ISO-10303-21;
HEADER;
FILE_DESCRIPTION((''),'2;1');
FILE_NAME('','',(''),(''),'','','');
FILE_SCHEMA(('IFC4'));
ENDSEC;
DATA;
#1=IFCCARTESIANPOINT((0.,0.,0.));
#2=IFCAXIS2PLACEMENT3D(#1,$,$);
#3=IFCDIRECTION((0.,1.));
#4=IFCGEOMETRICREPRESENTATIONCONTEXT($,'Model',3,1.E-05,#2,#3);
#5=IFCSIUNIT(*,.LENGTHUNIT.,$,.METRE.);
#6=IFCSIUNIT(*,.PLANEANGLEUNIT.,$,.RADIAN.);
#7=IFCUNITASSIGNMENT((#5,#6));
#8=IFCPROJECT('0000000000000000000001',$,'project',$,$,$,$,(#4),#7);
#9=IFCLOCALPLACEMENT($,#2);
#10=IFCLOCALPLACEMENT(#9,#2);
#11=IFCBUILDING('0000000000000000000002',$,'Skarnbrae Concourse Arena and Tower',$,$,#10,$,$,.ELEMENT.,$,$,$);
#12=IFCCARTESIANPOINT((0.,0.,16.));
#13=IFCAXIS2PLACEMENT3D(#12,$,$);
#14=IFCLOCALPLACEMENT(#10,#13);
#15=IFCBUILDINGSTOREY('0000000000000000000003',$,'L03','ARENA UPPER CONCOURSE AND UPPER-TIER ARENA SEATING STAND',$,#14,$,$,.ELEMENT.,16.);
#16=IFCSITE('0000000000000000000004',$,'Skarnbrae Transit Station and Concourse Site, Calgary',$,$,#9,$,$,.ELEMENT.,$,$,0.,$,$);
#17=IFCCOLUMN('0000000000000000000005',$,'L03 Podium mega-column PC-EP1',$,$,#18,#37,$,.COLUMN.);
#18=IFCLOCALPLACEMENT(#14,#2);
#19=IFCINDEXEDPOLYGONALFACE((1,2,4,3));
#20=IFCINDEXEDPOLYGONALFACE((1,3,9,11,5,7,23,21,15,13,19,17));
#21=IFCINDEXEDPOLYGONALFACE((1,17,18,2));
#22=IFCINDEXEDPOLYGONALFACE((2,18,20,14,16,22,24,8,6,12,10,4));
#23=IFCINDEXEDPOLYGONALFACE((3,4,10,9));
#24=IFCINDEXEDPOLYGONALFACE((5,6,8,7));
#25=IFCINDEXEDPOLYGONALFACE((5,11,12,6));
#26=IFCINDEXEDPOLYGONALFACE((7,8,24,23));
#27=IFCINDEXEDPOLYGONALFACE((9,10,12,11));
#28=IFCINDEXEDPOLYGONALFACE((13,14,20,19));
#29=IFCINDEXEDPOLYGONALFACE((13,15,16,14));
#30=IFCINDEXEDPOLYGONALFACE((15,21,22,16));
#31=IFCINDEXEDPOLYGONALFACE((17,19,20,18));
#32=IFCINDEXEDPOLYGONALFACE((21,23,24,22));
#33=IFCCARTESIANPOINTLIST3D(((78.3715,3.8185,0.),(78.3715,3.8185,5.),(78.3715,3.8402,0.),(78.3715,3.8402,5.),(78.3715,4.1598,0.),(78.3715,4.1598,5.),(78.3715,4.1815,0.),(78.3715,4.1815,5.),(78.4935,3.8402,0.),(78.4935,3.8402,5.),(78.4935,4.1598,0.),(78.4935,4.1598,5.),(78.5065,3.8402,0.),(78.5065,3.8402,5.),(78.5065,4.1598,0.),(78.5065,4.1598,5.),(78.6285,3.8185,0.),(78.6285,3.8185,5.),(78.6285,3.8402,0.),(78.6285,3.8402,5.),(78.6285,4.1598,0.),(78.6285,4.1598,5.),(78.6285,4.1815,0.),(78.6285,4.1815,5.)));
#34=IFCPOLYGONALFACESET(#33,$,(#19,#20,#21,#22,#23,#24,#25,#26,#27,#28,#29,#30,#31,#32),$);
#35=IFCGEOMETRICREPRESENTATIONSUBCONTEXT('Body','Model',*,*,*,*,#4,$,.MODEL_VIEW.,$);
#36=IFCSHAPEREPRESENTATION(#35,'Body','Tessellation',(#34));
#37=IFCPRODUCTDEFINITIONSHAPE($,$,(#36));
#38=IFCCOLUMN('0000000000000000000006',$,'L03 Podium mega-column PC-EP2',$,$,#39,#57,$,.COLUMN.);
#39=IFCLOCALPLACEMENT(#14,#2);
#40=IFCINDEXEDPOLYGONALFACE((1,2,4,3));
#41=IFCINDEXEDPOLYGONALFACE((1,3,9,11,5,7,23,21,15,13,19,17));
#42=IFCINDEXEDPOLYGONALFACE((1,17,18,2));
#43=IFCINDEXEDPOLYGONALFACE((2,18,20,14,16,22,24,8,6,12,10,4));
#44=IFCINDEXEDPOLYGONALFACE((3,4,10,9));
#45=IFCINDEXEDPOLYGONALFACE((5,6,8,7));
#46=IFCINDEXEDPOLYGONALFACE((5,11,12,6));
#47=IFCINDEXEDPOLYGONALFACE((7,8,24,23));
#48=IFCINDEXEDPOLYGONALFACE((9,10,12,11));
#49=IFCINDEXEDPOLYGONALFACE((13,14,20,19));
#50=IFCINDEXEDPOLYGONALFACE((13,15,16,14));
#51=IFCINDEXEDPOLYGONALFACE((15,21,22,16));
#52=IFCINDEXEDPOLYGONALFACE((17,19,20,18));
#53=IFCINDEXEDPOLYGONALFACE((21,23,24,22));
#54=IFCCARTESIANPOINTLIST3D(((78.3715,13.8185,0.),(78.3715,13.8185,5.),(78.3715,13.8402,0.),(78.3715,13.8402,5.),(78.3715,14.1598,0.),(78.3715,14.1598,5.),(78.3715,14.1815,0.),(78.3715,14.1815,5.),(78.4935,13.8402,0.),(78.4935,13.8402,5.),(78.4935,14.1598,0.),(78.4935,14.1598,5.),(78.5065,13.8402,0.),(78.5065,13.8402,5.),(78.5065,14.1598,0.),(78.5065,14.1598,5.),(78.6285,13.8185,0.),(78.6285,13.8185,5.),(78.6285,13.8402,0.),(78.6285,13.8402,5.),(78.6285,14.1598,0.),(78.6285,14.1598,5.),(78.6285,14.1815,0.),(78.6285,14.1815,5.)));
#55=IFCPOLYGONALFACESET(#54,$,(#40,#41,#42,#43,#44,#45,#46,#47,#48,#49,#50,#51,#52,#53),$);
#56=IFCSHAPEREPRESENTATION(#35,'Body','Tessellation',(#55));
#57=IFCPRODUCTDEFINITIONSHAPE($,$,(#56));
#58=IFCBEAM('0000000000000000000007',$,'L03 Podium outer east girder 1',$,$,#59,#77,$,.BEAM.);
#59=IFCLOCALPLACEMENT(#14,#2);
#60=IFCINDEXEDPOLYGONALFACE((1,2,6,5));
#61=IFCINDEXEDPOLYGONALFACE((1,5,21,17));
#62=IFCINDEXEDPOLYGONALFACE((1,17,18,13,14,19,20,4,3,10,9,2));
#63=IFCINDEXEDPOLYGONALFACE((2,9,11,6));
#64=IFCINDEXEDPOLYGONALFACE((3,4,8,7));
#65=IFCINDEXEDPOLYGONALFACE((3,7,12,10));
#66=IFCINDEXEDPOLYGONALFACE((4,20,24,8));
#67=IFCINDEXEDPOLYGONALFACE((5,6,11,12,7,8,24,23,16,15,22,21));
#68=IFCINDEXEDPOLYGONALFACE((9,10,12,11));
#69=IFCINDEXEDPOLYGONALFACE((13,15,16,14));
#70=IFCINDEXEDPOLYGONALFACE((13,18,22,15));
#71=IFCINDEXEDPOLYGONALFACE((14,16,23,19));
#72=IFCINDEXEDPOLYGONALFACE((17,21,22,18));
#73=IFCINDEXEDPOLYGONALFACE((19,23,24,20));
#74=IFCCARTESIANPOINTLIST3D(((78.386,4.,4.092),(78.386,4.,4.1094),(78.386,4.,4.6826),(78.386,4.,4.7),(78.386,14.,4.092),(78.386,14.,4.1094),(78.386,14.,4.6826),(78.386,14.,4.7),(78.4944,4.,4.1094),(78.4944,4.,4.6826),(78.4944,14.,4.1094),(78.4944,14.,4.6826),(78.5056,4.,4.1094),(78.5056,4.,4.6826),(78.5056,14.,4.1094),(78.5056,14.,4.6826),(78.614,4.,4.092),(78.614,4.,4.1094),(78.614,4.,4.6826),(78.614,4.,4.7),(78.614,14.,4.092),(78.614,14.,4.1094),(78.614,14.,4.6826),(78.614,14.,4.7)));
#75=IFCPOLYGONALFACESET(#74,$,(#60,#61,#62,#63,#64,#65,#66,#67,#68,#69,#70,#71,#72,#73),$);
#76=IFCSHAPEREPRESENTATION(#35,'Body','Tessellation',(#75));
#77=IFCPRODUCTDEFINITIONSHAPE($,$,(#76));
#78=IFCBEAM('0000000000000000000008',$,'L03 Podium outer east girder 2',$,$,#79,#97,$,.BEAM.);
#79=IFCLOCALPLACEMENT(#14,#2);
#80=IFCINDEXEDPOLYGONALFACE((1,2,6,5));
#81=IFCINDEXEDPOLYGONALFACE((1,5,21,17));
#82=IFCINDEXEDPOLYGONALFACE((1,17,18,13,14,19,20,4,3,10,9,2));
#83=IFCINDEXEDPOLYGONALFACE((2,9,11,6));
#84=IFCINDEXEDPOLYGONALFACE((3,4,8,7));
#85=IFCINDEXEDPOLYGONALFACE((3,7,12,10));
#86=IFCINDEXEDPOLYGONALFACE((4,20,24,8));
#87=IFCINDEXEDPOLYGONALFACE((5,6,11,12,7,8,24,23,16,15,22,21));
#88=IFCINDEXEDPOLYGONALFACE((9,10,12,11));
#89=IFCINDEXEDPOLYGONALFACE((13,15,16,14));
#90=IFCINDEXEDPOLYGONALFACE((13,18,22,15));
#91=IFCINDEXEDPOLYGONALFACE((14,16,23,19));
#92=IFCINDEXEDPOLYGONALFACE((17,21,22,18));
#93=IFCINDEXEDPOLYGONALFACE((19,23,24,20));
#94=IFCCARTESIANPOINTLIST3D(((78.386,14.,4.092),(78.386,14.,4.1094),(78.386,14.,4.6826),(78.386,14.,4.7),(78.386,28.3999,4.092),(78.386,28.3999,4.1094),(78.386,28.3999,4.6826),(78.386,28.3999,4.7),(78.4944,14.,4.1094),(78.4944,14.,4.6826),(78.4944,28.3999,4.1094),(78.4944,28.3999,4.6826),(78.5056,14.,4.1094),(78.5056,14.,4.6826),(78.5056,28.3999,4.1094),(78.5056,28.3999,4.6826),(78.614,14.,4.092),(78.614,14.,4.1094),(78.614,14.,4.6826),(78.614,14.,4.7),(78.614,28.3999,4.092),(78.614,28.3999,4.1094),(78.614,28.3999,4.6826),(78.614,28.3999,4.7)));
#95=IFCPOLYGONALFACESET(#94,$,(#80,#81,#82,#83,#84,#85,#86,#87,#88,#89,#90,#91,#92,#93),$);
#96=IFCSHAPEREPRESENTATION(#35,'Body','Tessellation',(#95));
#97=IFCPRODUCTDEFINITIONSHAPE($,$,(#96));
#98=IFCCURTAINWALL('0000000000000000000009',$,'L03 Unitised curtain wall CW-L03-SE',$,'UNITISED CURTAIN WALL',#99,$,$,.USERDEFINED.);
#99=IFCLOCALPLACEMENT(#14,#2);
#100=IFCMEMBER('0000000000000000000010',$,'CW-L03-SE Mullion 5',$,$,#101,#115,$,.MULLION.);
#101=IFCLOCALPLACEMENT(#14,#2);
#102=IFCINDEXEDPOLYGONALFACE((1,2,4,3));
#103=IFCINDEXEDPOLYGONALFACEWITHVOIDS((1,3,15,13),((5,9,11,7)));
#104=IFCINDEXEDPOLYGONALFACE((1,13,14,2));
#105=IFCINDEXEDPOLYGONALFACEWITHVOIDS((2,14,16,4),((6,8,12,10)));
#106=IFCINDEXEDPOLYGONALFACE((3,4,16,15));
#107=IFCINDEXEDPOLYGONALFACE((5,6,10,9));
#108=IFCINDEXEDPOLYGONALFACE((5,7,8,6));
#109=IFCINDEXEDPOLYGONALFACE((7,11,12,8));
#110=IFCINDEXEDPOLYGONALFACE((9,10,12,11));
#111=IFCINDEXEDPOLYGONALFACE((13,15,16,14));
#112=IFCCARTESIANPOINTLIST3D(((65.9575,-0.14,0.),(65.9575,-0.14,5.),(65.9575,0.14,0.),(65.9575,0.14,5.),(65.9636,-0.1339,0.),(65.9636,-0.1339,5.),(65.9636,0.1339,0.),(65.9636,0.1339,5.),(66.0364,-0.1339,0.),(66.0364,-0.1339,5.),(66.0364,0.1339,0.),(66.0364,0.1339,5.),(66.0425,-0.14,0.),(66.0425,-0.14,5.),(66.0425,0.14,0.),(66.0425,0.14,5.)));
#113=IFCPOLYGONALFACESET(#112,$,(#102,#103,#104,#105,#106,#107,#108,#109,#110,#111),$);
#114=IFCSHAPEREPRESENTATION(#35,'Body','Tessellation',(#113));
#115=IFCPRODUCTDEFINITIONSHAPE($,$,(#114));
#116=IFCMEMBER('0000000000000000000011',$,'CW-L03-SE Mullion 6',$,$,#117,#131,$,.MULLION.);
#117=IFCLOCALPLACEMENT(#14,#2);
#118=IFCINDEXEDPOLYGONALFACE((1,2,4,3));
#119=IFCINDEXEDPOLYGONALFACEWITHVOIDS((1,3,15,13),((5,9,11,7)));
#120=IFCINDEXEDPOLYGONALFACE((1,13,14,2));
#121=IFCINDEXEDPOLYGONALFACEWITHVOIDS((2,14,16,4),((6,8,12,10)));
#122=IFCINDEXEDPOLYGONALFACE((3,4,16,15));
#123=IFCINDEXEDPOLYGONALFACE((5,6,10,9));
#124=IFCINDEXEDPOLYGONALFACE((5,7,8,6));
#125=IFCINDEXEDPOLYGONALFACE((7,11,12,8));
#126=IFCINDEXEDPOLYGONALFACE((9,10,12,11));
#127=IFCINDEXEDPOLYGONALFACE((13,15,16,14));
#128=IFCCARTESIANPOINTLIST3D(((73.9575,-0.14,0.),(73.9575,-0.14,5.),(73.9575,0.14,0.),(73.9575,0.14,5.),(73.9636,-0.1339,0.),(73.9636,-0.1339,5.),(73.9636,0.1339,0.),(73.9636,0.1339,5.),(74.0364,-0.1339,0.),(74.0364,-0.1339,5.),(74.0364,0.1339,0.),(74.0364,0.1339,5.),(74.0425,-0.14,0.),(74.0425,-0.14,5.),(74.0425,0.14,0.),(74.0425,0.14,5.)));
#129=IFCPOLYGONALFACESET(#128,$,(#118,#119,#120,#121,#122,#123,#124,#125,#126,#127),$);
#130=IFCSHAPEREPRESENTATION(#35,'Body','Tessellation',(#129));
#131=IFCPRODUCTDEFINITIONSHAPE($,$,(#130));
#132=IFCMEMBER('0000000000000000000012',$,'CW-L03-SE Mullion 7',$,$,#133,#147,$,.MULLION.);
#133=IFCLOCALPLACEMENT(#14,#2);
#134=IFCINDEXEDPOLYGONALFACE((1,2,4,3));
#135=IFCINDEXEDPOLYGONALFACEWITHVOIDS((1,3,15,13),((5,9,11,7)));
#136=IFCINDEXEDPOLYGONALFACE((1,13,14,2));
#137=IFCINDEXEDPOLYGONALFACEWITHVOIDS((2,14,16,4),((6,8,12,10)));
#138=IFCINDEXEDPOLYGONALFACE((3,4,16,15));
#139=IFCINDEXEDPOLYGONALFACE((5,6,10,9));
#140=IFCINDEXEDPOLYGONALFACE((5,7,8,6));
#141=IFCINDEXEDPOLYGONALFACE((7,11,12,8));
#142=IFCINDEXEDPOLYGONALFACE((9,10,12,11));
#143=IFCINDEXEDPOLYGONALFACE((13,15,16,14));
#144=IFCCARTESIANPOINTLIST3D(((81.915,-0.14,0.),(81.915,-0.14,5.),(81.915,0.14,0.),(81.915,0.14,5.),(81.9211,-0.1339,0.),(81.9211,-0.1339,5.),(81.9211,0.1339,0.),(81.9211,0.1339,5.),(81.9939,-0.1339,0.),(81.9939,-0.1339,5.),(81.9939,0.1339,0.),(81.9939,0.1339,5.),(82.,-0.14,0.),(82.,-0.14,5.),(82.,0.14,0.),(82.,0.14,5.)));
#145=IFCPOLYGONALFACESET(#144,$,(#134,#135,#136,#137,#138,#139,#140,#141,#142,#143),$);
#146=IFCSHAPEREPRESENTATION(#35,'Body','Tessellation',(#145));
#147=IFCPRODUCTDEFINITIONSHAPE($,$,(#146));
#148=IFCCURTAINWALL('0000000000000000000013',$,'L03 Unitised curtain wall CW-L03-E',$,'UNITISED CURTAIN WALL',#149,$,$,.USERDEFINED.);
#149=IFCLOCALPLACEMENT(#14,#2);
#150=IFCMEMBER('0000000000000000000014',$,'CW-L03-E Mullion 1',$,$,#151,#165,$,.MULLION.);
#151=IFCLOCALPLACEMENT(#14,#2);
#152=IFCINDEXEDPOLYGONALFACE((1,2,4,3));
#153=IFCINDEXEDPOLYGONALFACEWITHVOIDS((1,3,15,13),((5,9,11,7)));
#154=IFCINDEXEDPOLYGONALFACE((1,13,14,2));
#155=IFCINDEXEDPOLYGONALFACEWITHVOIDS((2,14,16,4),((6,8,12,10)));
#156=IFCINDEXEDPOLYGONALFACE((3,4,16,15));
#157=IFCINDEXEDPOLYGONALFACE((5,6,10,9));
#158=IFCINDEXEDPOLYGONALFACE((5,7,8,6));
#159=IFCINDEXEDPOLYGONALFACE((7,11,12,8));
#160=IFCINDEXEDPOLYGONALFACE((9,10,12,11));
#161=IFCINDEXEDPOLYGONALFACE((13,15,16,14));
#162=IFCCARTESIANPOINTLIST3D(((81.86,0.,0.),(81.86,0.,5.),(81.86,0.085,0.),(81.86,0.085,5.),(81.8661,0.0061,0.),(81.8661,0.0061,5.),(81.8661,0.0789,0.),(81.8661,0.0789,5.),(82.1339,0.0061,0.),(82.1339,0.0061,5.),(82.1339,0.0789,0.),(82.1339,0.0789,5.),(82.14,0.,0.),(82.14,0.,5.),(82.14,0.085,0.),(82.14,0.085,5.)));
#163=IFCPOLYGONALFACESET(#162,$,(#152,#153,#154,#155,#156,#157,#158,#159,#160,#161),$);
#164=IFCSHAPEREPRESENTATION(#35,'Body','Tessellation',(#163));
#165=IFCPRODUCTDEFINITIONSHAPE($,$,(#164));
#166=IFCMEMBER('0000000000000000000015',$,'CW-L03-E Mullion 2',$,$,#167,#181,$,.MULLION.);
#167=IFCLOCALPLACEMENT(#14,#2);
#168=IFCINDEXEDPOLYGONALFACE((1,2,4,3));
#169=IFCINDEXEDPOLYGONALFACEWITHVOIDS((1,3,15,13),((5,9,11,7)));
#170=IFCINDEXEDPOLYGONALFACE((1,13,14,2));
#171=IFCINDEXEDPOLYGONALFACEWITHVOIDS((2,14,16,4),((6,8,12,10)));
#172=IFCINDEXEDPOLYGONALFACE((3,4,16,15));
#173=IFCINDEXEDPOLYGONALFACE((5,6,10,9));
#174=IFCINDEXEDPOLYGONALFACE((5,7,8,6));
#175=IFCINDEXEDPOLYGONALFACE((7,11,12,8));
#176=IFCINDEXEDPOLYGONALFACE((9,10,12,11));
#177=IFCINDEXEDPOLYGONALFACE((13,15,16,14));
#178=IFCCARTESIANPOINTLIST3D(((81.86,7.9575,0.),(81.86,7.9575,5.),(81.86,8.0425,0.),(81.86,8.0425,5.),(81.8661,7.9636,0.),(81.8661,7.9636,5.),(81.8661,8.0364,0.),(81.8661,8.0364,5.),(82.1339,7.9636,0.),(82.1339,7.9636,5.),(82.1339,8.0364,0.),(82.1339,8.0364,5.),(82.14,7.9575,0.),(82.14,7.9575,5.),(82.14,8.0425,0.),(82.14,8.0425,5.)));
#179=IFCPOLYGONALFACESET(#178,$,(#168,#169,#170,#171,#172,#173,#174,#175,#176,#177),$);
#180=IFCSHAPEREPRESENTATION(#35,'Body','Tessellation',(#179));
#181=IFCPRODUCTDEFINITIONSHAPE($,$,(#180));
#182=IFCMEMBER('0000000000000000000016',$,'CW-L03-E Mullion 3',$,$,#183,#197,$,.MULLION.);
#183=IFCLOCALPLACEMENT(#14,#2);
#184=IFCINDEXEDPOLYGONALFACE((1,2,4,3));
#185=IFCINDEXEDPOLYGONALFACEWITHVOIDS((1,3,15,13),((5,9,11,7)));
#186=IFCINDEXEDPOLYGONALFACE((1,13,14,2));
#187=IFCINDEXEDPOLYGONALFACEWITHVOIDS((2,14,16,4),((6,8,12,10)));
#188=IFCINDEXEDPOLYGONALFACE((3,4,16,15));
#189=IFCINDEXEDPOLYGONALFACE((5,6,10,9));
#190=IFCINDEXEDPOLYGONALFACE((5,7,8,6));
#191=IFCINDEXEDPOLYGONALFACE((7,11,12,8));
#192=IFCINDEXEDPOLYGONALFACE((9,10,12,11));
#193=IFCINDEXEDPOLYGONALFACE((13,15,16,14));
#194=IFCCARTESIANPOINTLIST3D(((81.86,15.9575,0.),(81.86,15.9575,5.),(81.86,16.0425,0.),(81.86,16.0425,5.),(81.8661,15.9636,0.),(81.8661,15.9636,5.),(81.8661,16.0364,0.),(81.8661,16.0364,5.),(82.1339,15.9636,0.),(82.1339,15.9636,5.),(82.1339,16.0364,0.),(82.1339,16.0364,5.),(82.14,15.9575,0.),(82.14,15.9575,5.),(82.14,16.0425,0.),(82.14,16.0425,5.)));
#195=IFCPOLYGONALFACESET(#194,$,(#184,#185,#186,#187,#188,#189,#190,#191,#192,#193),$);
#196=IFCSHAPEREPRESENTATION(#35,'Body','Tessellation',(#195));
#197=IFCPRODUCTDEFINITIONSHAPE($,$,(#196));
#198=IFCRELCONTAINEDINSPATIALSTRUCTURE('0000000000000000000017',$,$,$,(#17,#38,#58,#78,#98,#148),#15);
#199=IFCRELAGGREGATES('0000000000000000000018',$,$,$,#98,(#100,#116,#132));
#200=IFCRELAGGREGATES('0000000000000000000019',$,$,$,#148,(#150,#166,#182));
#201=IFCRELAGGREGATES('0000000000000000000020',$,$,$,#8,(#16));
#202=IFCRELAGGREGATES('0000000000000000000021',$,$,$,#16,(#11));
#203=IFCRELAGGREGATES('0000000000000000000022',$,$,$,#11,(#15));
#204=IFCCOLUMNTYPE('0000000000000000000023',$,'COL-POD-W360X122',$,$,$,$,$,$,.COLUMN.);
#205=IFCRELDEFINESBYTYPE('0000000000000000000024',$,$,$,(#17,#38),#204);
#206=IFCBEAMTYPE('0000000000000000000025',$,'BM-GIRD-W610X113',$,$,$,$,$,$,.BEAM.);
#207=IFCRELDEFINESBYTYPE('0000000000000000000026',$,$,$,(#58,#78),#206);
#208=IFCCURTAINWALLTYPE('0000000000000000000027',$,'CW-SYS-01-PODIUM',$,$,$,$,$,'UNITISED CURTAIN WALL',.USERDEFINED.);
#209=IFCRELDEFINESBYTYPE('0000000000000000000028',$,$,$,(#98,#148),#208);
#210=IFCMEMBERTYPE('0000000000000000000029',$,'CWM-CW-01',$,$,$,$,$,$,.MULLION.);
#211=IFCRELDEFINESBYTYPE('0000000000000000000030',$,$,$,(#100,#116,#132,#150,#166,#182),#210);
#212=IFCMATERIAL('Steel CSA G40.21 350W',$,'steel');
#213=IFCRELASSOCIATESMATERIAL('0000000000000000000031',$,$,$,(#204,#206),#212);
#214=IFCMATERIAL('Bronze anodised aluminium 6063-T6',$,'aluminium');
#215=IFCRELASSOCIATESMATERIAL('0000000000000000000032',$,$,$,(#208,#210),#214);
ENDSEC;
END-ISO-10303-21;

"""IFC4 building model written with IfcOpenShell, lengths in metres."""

from ifc_helpers import new_model, si_unit, direction, frame, origin, origin_2d, place, context, subcontext, project, spatial, hollow_rectangle, i_section, extrude, source, transform, mapped, material, material_profile, profile_set, type_object, element, aggregate, save


model = new_model("IFC4")

# Units and contexts
model_context = context("Model", 3, precision=1e-05, world=origin(), true_north=direction((0.0, 1.0)))
body_context = subcontext(model_context, "Body", "Model", "MODEL_VIEW")
ifc_project = project(units=[si_unit("LENGTHUNIT", "METRE"), si_unit("PLANEANGLEUNIT", "RADIAN")], contexts=[model_context])

# Site, building, storey
site_placement = place(None, origin())
site = spatial("IfcSite", under=ifc_project, at=site_placement, Name="Skarnbrae Transit Station and Concourse Site, Calgary", CompositionType="ELEMENT", RefElevation=0.0)
building_placement = place(site_placement, origin())
building = spatial("IfcBuilding", under=site, at=building_placement, Name="Skarnbrae Concourse Arena and Tower", CompositionType="ELEMENT")
storey_placement = place(building_placement, frame((0.0, 0.0, 16.0)))
storey = spatial("IfcBuildingStorey", under=building, at=storey_placement, Name="L03", Description="ARENA UPPER CONCOURSE AND UPPER-TIER ARENA SEATING STAND", CompositionType="ELEMENT", Elevation=16.0)

# Columns
ifc_material_1 = material(Name="Steel CSA G40.21 350W", Category="steel")
ifc_material_profile_1 = material_profile(ifc_material_1, i_section(OverallWidth=0.2571, OverallDepth=0.363, WebThickness=0.0129, FlangeThickness=0.0217, at=origin_2d()), Name="W360X122")
ifc_profile_set_1 = profile_set([ifc_material_profile_1], Name="Steel CSA G40.21 350W")
column_type = type_object("IfcColumnType", Name="COL-POD-W360X122", PredefinedType="COLUMN", material=ifc_profile_set_1)
shared_shape_1 = source(origin(), body_context, "Body", "SweptSolid", [
    extrude(i_section(OverallWidth=0.2571, OverallDepth=0.363, WebThickness=0.0129, FlangeThickness=0.0217, at=origin_2d()), origin(), (0.0, 0.0, 1.0), 5.0),
])
for number, where, z_axis, x_axis, name in (
    (1, (78.5, 4.0, 0.0), (0.0, 0.0, 1.0), (1.0, 0.0, 0.0), "L03 Podium mega-column PC-EP1"),
    (2, (78.5, 14.0, 0.0), (0.0, 0.0, 1.0), (1.0, 0.0, 0.0), "L03 Podium mega-column PC-EP2"),
):
    element("IfcColumn", number, at=place(storey_placement, frame(where, z_axis=z_axis, x_axis=x_axis)), inside=storey, type_object=column_type, Name=name, PredefinedType="COLUMN", context=body_context, shape_type="MappedRepresentation", body=[
        mapped(shared_shape_1, transform((0.0, 0.0, 0.0))),
    ])

# Beams
ifc_material_profile_2 = material_profile(ifc_material_1, i_section(OverallWidth=0.228, OverallDepth=0.6079, WebThickness=0.0112, FlangeThickness=0.0173, at=origin_2d()), Name="W610X113")
ifc_profile_set_2 = profile_set([ifc_material_profile_2], Name="Steel CSA G40.21 350W")
beam_type_1 = type_object("IfcBeamType", Name="BM-GIRD-W610X113", PredefinedType="BEAM", material=ifc_profile_set_2)
shared_shape_2 = source(origin(), body_context, "Body", "SweptSolid", [
    extrude(i_section(OverallWidth=0.228, OverallDepth=0.6079, WebThickness=0.0112, FlangeThickness=0.0173, at=origin_2d()), origin(), (0.0, 0.0, 1.0), 10.0),
])
beam_1_placement = place(storey_placement, frame((78.5, 4.0, 4.396), z_axis=(0.0, 1.0, 0.0), x_axis=(-1.0, 0.0, 0.0)))
element("IfcBeam", 3, at=beam_1_placement, inside=storey, type_object=beam_type_1, Name="L03 Podium outer east girder 1", PredefinedType="BEAM", context=body_context, shape_type="MappedRepresentation", body=[
    mapped(shared_shape_2, transform((0.0, 0.0, 0.0))),
])
shared_shape_3 = source(origin(), body_context, "Body", "SweptSolid", [
    extrude(i_section(OverallWidth=0.228, OverallDepth=0.6079, WebThickness=0.0112, FlangeThickness=0.0173, at=origin_2d()), origin(), (0.0, 0.0, 1.0), 14.3999),
])
beam_2_placement = place(storey_placement, frame((78.5, 14.0, 4.396), z_axis=(0.0, 1.0, 0.0), x_axis=(-1.0, 0.0, 0.0)))
element("IfcBeam", 4, at=beam_2_placement, inside=storey, type_object=beam_type_1, Name="L03 Podium outer east girder 2", PredefinedType="BEAM", context=body_context, shape_type="MappedRepresentation", body=[
    mapped(shared_shape_3, transform((0.0, 0.0, 0.0))),
])

# Curtain walls, members
ifc_material_2 = material(Name="Bronze anodised aluminium 6063-T6", Category="aluminium")
curtain_wall_type = type_object("IfcCurtainWallType", Name="CW-SYS-01-PODIUM", ElementType="UNITISED CURTAIN WALL", PredefinedType="USERDEFINED", material=ifc_material_2)
curtain_wall_1_placement = place(storey_placement, origin())
curtain_wall_1 = element("IfcCurtainWall", 5, at=curtain_wall_1_placement, inside=storey, type_object=curtain_wall_type, Name="L03 Unitised curtain wall CW-L03-SE", ObjectType="UNITISED CURTAIN WALL", PredefinedType="USERDEFINED")
ifc_material_profile_3 = material_profile(ifc_material_2, hollow_rectangle(XDim=0.085, YDim=0.28, WallThickness=0.0061, at=origin_2d()), Name="ALU-MULL-85X280")
ifc_profile_set_3 = profile_set([ifc_material_profile_3], Name="Bronze anodised aluminium 6063-T6")
member_type_1 = type_object("IfcMemberType", Name="CWM-CW-01", PredefinedType="MULLION", material=ifc_profile_set_3)
shared_shape_4 = source(origin(), body_context, "Body", "SweptSolid", [
    extrude(hollow_rectangle(XDim=0.085, YDim=0.28, WallThickness=0.0061, at=origin_2d()), origin(), (0.0, 0.0, 1.0), 5.0),
])
member_1_placement = place(storey_placement, frame((66.0, 0.0, 0.0), z_axis=(0.0, 0.0, 1.0), x_axis=(1.0, 0.0, 0.0)))
member_1 = element("IfcMember", 6, at=member_1_placement, type_object=member_type_1, Name="CW-L03-SE Mullion 5", PredefinedType="MULLION", context=body_context, shape_type="MappedRepresentation", body=[
    mapped(shared_shape_4, transform((0.0, 0.0, 0.0))),
])
member_2_placement = place(storey_placement, frame((74.0, 0.0, 0.0), z_axis=(0.0, 0.0, 1.0), x_axis=(1.0, 0.0, 0.0)))
member_2 = element("IfcMember", 7, at=member_2_placement, type_object=member_type_1, Name="CW-L03-SE Mullion 6", PredefinedType="MULLION", context=body_context, shape_type="MappedRepresentation", body=[
    mapped(shared_shape_4, transform((0.0, 0.0, 0.0))),
])
member_3_placement = place(storey_placement, frame((81.9575, 0.0, 0.0), z_axis=(0.0, 0.0, 1.0), x_axis=(1.0, 0.0, 0.0)))
member_3 = element("IfcMember", 8, at=member_3_placement, type_object=member_type_1, Name="CW-L03-SE Mullion 7", PredefinedType="MULLION", context=body_context, shape_type="MappedRepresentation", body=[
    mapped(shared_shape_4, transform((0.0, 0.0, 0.0))),
])
curtain_wall_2_placement = place(storey_placement, origin())
curtain_wall_2 = element("IfcCurtainWall", 9, at=curtain_wall_2_placement, inside=storey, type_object=curtain_wall_type, Name="L03 Unitised curtain wall CW-L03-E", ObjectType="UNITISED CURTAIN WALL", PredefinedType="USERDEFINED")
member_4_placement = place(storey_placement, frame((82.0, 0.0425, 0.0), z_axis=(0.0, 0.0, 1.0), x_axis=(0.0, 1.0, 0.0)))
member_4 = element("IfcMember", 10, at=member_4_placement, type_object=member_type_1, Name="CW-L03-E Mullion 1", PredefinedType="MULLION", context=body_context, shape_type="MappedRepresentation", body=[
    mapped(shared_shape_4, transform((0.0, 0.0, 0.0))),
])
member_5_placement = place(storey_placement, frame((82.0, 8.0, 0.0), z_axis=(0.0, 0.0, 1.0), x_axis=(0.0, 1.0, 0.0)))
member_5 = element("IfcMember", 11, at=member_5_placement, type_object=member_type_1, Name="CW-L03-E Mullion 2", PredefinedType="MULLION", context=body_context, shape_type="MappedRepresentation", body=[
    mapped(shared_shape_4, transform((0.0, 0.0, 0.0))),
])
member_6_placement = place(storey_placement, frame((82.0, 16.0, 0.0), z_axis=(0.0, 0.0, 1.0), x_axis=(0.0, 1.0, 0.0)))
member_6 = element("IfcMember", 12, at=member_6_placement, type_object=member_type_1, Name="CW-L03-E Mullion 3", PredefinedType="MULLION", context=body_context, shape_type="MappedRepresentation", body=[
    mapped(shared_shape_4, transform((0.0, 0.0, 0.0))),
])

aggregate(curtain_wall_1, [member_1, member_2, member_3])
aggregate(curtain_wall_2, [member_4, member_5, member_6])

save(model, "model.ifc")
